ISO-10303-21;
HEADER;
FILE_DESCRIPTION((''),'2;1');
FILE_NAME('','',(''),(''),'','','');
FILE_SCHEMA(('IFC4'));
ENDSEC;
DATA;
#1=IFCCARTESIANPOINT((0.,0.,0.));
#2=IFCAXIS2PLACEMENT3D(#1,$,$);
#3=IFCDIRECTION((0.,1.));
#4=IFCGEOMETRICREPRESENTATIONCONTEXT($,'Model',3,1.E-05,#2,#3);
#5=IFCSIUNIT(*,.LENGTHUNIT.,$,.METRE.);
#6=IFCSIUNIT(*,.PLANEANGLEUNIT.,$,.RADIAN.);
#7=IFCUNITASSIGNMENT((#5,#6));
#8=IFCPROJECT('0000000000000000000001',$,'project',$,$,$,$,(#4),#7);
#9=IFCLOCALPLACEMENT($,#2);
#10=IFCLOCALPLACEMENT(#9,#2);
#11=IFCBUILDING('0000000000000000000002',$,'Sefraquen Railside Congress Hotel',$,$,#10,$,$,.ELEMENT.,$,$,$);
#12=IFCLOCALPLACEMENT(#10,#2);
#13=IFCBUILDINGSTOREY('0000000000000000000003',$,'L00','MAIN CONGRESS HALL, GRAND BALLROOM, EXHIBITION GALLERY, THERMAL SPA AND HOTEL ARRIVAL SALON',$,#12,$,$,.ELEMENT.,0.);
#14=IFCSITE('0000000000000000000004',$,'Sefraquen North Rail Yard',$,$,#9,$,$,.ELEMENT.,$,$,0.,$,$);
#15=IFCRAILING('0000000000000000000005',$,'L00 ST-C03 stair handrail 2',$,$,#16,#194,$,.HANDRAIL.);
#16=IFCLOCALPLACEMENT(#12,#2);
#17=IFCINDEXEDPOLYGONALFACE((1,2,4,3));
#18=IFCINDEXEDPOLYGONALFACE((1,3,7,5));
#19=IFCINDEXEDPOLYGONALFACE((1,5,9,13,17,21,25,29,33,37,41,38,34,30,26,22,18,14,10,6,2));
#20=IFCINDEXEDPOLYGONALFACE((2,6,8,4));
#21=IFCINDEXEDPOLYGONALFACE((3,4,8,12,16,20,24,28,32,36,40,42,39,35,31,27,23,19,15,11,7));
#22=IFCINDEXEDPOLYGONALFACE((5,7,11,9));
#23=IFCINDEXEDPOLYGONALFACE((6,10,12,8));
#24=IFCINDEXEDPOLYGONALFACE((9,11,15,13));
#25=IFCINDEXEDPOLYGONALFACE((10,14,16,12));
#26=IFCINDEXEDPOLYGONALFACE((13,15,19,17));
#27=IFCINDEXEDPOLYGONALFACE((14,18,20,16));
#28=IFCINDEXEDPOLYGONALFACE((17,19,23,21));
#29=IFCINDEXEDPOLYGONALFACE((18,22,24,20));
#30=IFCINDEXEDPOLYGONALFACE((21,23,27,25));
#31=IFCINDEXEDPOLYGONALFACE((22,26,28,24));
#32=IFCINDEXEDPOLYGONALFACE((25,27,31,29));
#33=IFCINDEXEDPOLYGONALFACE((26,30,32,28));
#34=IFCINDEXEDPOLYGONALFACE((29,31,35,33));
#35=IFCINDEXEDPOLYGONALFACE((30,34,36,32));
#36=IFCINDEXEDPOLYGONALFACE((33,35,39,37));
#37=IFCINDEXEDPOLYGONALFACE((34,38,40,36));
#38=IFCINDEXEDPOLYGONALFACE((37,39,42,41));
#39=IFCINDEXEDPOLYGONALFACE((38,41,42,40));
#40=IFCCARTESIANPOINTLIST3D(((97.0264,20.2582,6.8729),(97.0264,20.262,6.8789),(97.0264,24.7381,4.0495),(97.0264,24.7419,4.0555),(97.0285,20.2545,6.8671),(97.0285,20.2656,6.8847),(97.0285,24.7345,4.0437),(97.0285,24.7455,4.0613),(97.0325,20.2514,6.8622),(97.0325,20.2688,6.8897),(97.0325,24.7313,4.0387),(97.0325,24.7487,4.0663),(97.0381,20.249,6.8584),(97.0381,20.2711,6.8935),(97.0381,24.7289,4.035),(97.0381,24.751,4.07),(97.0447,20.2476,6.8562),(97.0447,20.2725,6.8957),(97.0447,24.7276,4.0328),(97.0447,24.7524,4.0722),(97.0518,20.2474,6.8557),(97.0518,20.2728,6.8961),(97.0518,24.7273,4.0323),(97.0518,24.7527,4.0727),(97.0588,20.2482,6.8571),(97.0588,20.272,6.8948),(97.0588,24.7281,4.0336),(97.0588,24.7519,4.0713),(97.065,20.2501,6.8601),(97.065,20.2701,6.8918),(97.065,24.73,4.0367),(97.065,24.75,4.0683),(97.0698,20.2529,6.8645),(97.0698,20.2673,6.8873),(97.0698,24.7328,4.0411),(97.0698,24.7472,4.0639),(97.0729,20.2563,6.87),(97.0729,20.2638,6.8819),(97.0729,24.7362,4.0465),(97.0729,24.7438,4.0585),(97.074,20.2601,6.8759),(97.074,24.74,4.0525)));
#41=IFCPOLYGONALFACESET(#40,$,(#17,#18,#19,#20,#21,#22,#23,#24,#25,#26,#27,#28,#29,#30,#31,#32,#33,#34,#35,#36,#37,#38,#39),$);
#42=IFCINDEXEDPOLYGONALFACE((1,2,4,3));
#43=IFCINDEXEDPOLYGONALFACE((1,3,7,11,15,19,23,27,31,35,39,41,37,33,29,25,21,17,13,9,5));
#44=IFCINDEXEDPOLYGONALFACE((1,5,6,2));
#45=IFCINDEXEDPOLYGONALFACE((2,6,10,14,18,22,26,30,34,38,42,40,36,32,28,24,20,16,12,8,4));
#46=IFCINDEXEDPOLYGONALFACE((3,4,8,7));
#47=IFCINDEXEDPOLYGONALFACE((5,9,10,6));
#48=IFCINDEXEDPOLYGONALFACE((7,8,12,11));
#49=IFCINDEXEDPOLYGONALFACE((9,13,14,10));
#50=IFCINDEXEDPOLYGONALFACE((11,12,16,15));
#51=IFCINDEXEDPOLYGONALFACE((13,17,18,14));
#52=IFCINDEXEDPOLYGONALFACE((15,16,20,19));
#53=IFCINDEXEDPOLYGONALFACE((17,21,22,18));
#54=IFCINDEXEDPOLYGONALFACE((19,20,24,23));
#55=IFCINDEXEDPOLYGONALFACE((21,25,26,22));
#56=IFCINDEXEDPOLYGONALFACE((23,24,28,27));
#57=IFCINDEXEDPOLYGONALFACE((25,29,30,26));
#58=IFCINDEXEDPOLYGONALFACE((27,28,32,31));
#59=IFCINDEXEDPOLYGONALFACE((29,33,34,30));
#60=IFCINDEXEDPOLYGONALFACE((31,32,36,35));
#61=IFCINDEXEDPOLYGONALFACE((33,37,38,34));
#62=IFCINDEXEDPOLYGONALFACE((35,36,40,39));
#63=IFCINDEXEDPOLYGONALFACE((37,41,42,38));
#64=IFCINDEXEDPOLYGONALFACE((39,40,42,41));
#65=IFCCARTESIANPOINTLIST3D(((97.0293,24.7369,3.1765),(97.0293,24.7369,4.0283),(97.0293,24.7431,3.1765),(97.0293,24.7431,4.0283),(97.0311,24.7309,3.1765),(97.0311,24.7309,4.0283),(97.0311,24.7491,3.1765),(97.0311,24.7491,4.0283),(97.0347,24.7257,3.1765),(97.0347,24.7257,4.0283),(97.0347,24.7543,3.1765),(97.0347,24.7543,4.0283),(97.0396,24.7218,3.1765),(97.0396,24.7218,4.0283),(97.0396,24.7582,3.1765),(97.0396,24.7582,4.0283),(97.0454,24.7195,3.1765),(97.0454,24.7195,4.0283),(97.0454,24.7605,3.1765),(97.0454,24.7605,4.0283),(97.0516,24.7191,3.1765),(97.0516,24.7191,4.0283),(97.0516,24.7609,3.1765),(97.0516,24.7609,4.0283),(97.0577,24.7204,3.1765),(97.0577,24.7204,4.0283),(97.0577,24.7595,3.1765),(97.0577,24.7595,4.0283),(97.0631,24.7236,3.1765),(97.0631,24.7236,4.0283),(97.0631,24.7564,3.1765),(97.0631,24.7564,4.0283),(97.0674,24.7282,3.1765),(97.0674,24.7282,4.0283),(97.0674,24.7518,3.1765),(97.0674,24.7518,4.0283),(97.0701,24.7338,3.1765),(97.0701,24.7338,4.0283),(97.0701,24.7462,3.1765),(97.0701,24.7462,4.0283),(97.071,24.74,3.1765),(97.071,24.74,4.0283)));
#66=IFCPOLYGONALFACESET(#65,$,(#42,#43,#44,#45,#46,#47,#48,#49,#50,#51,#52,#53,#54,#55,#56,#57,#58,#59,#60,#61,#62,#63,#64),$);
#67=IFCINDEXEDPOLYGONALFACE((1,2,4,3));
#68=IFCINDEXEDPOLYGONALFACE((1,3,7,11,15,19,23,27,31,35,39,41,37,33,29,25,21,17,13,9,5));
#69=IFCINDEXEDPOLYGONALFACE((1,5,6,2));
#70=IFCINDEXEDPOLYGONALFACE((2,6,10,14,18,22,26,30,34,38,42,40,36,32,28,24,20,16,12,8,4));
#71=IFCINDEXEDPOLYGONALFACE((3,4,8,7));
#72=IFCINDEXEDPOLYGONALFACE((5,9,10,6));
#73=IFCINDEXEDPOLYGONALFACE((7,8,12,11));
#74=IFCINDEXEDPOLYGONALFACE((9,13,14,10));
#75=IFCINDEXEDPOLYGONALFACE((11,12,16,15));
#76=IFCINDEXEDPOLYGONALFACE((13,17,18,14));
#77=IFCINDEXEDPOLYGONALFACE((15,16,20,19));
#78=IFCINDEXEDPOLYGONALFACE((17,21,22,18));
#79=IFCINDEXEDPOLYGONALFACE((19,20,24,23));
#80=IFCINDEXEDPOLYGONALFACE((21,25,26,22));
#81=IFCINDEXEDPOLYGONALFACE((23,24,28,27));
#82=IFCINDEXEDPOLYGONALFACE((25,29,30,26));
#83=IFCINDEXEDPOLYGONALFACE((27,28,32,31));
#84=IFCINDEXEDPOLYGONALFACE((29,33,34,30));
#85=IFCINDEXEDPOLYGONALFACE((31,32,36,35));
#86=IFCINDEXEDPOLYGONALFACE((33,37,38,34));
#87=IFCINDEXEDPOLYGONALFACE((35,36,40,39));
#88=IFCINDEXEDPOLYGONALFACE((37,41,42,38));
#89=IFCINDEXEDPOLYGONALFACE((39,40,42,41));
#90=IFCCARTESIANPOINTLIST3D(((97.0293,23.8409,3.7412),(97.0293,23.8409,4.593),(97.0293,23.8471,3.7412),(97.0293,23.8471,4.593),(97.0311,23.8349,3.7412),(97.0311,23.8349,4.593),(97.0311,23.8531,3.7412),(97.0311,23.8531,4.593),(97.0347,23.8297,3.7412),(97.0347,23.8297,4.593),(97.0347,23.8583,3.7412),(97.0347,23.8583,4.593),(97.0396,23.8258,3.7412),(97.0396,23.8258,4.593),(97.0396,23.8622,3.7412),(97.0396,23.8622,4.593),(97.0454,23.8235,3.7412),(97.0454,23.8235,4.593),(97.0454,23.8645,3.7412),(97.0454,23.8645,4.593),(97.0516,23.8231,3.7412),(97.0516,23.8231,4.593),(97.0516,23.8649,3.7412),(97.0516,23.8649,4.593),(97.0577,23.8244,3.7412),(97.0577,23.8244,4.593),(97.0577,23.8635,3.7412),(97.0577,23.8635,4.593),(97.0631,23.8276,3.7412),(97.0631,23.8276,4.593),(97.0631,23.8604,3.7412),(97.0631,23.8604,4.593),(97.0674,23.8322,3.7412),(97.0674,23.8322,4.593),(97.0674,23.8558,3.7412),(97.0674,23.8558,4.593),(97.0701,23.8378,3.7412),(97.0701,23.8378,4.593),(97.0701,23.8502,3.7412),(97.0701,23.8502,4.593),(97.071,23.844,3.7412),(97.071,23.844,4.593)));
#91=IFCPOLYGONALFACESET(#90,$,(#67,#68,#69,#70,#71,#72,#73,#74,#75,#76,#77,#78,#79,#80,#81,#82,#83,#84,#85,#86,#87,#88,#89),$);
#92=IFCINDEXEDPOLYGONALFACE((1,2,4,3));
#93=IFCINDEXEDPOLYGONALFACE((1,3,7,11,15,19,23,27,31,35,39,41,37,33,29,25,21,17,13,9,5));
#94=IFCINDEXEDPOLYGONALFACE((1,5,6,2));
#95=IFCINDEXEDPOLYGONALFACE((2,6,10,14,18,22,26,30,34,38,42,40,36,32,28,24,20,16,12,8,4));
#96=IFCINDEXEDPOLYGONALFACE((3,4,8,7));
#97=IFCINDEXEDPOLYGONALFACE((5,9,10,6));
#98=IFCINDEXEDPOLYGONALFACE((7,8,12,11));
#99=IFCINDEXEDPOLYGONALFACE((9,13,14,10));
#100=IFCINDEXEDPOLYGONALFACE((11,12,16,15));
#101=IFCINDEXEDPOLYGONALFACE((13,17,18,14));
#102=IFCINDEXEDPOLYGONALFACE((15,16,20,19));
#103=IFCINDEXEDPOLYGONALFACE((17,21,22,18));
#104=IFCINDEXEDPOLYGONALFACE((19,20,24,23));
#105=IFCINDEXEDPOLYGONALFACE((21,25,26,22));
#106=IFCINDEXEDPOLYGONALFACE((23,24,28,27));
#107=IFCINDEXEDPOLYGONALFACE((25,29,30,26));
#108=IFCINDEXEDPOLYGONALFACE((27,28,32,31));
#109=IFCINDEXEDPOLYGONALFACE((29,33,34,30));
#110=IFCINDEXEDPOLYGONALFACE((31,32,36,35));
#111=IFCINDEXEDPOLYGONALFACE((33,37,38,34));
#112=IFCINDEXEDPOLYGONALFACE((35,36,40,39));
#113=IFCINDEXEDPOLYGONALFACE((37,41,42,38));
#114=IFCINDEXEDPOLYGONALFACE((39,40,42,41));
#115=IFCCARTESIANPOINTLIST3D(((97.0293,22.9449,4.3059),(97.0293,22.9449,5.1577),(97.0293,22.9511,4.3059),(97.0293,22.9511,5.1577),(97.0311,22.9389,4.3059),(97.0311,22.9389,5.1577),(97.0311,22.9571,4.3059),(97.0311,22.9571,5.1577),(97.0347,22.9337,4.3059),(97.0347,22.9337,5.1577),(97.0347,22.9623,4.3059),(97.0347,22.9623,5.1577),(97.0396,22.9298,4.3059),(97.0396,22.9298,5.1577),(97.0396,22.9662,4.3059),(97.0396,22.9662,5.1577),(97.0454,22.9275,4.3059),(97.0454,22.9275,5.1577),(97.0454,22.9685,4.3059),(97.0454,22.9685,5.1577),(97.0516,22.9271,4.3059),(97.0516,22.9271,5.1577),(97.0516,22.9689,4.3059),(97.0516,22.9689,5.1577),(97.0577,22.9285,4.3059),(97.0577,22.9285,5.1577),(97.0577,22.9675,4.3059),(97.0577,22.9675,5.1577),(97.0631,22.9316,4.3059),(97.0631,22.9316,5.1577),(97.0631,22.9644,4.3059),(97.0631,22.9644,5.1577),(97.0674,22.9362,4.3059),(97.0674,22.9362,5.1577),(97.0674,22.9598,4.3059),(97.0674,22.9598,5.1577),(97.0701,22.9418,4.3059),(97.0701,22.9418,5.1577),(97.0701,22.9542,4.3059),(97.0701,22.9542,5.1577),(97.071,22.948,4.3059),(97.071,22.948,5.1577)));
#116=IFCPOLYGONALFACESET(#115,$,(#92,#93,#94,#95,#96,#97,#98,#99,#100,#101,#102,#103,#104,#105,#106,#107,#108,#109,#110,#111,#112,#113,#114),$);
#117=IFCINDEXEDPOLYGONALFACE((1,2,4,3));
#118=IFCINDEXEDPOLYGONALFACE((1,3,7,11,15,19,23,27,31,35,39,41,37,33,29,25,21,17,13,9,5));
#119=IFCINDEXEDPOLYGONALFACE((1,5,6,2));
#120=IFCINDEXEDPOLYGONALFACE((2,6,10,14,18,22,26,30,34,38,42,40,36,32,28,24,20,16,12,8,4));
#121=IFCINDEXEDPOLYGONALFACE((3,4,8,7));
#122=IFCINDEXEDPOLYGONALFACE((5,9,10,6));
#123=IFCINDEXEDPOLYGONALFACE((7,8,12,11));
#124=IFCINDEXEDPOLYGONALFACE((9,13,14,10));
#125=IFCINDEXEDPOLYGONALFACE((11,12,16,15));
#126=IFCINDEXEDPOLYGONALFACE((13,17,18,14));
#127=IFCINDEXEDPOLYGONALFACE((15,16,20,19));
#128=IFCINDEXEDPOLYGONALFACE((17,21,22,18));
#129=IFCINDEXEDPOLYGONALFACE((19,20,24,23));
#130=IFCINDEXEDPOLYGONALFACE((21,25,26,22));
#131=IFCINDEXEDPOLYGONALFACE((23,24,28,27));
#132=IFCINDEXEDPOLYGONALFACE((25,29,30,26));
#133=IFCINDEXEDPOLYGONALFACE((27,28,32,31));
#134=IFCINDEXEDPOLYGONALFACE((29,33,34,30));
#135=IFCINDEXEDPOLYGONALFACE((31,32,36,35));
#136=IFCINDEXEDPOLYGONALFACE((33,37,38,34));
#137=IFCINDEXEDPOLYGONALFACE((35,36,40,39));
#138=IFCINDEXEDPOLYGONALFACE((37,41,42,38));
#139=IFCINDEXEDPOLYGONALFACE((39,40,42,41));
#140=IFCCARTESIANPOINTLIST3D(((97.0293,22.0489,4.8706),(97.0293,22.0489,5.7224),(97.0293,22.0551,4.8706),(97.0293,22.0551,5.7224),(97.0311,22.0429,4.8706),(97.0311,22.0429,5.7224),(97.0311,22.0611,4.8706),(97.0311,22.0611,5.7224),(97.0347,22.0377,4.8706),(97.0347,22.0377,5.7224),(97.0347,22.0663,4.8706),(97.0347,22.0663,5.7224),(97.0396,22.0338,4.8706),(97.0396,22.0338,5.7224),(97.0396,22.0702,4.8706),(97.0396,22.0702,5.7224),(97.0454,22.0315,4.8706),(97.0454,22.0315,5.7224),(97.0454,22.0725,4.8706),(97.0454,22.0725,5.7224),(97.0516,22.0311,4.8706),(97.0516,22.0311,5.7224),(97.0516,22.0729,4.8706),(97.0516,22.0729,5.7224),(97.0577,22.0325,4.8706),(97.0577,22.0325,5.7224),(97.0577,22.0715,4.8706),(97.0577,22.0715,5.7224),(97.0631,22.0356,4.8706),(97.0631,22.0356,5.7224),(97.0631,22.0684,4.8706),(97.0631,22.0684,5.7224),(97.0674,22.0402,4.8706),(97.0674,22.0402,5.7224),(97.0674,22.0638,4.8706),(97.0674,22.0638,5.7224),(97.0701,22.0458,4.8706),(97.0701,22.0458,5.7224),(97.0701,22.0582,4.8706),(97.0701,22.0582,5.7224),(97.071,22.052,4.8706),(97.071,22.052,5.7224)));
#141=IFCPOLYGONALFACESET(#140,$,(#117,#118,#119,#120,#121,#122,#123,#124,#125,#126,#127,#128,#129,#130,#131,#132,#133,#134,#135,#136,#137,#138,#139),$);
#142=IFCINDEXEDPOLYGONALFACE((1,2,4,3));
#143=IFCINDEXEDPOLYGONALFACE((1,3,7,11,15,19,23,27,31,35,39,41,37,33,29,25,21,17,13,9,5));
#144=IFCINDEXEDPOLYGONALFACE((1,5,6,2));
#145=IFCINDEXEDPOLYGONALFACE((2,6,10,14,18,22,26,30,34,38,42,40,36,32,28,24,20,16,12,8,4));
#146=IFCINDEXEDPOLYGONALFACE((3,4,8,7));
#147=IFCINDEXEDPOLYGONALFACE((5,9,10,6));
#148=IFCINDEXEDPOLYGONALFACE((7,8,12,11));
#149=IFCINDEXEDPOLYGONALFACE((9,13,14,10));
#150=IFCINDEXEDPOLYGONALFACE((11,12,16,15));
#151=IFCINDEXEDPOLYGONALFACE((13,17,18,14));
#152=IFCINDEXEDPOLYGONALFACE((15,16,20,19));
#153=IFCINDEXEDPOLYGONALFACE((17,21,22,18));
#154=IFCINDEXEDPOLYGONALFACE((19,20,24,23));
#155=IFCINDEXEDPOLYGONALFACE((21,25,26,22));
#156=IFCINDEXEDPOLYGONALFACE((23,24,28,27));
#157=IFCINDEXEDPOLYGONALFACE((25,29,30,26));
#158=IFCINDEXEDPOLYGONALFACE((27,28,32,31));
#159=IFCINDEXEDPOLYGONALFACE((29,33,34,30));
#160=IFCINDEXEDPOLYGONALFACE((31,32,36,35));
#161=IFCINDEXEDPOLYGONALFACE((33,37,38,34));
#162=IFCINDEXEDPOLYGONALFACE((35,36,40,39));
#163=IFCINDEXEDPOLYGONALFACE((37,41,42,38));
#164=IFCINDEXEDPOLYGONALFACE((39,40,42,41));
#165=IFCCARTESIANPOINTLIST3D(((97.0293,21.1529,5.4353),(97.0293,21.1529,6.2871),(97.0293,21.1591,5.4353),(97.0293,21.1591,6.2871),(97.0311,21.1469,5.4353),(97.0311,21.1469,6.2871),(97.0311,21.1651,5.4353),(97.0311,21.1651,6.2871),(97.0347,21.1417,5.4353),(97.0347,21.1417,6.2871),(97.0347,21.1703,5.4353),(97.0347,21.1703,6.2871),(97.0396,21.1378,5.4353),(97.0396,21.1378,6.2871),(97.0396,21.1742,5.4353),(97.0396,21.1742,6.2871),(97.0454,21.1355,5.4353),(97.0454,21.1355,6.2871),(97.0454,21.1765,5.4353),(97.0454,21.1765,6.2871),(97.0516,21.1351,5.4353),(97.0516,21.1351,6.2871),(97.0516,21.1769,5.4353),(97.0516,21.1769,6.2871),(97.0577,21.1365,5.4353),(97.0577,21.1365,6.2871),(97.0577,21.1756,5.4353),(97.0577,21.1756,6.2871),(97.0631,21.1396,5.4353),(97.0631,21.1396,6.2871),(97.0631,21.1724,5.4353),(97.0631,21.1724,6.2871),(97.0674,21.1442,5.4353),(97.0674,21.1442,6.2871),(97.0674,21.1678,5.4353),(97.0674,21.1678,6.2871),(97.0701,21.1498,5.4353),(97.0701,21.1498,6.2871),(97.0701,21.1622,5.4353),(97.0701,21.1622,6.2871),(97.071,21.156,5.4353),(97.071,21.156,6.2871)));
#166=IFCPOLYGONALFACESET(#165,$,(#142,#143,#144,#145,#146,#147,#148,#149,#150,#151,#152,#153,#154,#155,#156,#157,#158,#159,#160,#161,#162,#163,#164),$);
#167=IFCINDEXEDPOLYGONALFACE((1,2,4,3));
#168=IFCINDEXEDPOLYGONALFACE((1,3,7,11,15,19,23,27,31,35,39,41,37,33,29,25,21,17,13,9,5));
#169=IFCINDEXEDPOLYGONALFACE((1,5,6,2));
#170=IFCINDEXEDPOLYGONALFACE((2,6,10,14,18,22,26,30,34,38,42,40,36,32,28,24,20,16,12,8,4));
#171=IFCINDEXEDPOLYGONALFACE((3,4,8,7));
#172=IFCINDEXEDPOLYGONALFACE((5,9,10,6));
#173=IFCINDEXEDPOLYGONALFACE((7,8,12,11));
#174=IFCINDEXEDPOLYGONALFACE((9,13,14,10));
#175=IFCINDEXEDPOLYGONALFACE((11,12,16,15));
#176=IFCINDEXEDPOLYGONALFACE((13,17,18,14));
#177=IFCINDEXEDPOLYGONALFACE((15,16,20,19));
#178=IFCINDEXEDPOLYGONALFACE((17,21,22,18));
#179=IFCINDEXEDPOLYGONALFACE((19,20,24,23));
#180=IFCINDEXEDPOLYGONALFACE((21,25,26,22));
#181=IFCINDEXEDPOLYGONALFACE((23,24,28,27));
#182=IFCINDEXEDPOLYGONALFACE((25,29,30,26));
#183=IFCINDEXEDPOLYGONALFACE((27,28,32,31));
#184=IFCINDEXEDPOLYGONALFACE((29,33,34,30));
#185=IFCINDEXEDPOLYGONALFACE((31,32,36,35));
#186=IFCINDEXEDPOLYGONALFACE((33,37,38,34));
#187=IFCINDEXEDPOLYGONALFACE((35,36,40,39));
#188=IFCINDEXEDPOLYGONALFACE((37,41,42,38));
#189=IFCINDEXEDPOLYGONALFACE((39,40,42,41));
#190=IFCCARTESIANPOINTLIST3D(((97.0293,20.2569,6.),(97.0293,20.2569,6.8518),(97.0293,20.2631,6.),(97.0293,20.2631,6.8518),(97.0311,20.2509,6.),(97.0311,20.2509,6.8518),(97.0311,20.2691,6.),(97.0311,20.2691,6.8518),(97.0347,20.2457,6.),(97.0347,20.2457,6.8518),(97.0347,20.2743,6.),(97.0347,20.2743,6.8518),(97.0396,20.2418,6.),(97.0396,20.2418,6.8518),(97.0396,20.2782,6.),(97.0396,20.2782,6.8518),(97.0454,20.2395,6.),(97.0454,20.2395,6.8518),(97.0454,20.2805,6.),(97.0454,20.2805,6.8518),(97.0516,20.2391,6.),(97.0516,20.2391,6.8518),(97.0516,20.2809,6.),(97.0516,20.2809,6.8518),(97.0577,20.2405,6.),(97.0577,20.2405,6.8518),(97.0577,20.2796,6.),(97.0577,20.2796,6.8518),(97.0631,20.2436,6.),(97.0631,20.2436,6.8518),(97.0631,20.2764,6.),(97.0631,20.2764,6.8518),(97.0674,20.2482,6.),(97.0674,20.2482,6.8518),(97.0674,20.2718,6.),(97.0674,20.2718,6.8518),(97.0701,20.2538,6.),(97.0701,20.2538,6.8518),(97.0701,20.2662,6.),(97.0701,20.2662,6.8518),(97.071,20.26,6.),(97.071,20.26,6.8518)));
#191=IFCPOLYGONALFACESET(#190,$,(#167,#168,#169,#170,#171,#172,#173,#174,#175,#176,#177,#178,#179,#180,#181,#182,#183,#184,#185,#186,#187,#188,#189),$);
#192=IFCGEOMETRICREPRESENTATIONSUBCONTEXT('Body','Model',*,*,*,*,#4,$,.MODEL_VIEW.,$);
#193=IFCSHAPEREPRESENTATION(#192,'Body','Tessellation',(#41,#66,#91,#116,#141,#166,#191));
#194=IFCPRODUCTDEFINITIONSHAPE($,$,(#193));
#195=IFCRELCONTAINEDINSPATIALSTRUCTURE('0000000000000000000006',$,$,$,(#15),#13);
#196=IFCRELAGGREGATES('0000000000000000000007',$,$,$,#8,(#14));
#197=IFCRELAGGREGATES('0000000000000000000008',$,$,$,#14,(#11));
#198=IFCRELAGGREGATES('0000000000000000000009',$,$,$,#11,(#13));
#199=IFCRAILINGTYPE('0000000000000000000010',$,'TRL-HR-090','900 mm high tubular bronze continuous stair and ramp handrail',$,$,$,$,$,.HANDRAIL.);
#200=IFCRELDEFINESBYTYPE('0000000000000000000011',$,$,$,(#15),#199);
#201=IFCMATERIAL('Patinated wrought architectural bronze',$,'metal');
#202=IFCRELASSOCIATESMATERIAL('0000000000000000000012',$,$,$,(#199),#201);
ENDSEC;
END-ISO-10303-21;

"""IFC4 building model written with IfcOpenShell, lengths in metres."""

from ifc_helpers import new_model, si_unit, direction, frame, origin, origin_2d, place, context, subcontext, project, spatial, circle, extrude, material, type_object, element, save


model = new_model("IFC4")

# Units and contexts
model_context = context("Model", 3, precision=1e-05, world=origin(), true_north=direction((0.0, 1.0)))
body_context = subcontext(model_context, "Body", "Model", "MODEL_VIEW")
ifc_project = project(units=[si_unit("LENGTHUNIT", "METRE"), si_unit("PLANEANGLEUNIT", "RADIAN")], contexts=[model_context])

# Site, building, storey
site_placement = place(None, origin())
site = spatial("IfcSite", under=ifc_project, at=site_placement, Name="Sefraquen North Rail Yard", CompositionType="ELEMENT", RefElevation=0.0)
building_placement = place(site_placement, origin())
building = spatial("IfcBuilding", under=site, at=building_placement, Name="Sefraquen Railside Congress Hotel", CompositionType="ELEMENT")
storey_placement = place(building_placement, origin())
storey = spatial("IfcBuildingStorey", under=building, at=storey_placement, Name="L00", Description="MAIN CONGRESS HALL, GRAND BALLROOM, EXHIBITION GALLERY, THERMAL SPA AND HOTEL ARRIVAL SALON", CompositionType="ELEMENT", Elevation=0.0)

# Railing
ifc_material_1 = material(Name="Patinated wrought architectural bronze", Category="metal")
railing_type_1 = type_object("IfcRailingType", Name="TRL-HR-090", Description="900 mm high tubular bronze continuous stair and ramp handrail", PredefinedType="HANDRAIL", material=ifc_material_1)
railing_1_placement = place(storey_placement, frame((97.05, 24.74, 3.1765)))
element("IfcRailing", 1, at=railing_1_placement, inside=storey, type_object=railing_type_1, Name="L00 ST-C03 stair handrail 2", PredefinedType="HANDRAIL", context=body_context, shape_type="SweptSolid", body=[
    extrude(circle(Radius=0.0239, at=origin_2d()), frame((0.0, 0.0, 0.876), z_axis=(0.0, -0.845998, 0.533186), x_axis=(1.0, 0.0, 0.0)), (0.0, 0.0, 1.0), 5.2954),
    extrude(circle(Radius=0.021, at=origin_2d()), origin(), (0.0, 0.0, 1.0), 0.8518),
    extrude(circle(Radius=0.021, at=origin_2d()), frame((0.0, -0.896, 0.5647)), (0.0, 0.0, 1.0), 0.8518),
    extrude(circle(Radius=0.021, at=origin_2d()), frame((0.0, -1.792, 1.1294)), (0.0, 0.0, 1.0), 0.8518),
    extrude(circle(Radius=0.021, at=origin_2d()), frame((0.0, -2.688, 1.6941)), (0.0, 0.0, 1.0), 0.8518),
    extrude(circle(Radius=0.021, at=origin_2d()), frame((0.0, -3.584, 2.2588)), (0.0, 0.0, 1.0), 0.8518),
    extrude(circle(Radius=0.021, at=origin_2d()), frame((0.0, -4.48, 2.8235)), (0.0, 0.0, 1.0), 0.8518),
])

save(model, "model.ifc")
